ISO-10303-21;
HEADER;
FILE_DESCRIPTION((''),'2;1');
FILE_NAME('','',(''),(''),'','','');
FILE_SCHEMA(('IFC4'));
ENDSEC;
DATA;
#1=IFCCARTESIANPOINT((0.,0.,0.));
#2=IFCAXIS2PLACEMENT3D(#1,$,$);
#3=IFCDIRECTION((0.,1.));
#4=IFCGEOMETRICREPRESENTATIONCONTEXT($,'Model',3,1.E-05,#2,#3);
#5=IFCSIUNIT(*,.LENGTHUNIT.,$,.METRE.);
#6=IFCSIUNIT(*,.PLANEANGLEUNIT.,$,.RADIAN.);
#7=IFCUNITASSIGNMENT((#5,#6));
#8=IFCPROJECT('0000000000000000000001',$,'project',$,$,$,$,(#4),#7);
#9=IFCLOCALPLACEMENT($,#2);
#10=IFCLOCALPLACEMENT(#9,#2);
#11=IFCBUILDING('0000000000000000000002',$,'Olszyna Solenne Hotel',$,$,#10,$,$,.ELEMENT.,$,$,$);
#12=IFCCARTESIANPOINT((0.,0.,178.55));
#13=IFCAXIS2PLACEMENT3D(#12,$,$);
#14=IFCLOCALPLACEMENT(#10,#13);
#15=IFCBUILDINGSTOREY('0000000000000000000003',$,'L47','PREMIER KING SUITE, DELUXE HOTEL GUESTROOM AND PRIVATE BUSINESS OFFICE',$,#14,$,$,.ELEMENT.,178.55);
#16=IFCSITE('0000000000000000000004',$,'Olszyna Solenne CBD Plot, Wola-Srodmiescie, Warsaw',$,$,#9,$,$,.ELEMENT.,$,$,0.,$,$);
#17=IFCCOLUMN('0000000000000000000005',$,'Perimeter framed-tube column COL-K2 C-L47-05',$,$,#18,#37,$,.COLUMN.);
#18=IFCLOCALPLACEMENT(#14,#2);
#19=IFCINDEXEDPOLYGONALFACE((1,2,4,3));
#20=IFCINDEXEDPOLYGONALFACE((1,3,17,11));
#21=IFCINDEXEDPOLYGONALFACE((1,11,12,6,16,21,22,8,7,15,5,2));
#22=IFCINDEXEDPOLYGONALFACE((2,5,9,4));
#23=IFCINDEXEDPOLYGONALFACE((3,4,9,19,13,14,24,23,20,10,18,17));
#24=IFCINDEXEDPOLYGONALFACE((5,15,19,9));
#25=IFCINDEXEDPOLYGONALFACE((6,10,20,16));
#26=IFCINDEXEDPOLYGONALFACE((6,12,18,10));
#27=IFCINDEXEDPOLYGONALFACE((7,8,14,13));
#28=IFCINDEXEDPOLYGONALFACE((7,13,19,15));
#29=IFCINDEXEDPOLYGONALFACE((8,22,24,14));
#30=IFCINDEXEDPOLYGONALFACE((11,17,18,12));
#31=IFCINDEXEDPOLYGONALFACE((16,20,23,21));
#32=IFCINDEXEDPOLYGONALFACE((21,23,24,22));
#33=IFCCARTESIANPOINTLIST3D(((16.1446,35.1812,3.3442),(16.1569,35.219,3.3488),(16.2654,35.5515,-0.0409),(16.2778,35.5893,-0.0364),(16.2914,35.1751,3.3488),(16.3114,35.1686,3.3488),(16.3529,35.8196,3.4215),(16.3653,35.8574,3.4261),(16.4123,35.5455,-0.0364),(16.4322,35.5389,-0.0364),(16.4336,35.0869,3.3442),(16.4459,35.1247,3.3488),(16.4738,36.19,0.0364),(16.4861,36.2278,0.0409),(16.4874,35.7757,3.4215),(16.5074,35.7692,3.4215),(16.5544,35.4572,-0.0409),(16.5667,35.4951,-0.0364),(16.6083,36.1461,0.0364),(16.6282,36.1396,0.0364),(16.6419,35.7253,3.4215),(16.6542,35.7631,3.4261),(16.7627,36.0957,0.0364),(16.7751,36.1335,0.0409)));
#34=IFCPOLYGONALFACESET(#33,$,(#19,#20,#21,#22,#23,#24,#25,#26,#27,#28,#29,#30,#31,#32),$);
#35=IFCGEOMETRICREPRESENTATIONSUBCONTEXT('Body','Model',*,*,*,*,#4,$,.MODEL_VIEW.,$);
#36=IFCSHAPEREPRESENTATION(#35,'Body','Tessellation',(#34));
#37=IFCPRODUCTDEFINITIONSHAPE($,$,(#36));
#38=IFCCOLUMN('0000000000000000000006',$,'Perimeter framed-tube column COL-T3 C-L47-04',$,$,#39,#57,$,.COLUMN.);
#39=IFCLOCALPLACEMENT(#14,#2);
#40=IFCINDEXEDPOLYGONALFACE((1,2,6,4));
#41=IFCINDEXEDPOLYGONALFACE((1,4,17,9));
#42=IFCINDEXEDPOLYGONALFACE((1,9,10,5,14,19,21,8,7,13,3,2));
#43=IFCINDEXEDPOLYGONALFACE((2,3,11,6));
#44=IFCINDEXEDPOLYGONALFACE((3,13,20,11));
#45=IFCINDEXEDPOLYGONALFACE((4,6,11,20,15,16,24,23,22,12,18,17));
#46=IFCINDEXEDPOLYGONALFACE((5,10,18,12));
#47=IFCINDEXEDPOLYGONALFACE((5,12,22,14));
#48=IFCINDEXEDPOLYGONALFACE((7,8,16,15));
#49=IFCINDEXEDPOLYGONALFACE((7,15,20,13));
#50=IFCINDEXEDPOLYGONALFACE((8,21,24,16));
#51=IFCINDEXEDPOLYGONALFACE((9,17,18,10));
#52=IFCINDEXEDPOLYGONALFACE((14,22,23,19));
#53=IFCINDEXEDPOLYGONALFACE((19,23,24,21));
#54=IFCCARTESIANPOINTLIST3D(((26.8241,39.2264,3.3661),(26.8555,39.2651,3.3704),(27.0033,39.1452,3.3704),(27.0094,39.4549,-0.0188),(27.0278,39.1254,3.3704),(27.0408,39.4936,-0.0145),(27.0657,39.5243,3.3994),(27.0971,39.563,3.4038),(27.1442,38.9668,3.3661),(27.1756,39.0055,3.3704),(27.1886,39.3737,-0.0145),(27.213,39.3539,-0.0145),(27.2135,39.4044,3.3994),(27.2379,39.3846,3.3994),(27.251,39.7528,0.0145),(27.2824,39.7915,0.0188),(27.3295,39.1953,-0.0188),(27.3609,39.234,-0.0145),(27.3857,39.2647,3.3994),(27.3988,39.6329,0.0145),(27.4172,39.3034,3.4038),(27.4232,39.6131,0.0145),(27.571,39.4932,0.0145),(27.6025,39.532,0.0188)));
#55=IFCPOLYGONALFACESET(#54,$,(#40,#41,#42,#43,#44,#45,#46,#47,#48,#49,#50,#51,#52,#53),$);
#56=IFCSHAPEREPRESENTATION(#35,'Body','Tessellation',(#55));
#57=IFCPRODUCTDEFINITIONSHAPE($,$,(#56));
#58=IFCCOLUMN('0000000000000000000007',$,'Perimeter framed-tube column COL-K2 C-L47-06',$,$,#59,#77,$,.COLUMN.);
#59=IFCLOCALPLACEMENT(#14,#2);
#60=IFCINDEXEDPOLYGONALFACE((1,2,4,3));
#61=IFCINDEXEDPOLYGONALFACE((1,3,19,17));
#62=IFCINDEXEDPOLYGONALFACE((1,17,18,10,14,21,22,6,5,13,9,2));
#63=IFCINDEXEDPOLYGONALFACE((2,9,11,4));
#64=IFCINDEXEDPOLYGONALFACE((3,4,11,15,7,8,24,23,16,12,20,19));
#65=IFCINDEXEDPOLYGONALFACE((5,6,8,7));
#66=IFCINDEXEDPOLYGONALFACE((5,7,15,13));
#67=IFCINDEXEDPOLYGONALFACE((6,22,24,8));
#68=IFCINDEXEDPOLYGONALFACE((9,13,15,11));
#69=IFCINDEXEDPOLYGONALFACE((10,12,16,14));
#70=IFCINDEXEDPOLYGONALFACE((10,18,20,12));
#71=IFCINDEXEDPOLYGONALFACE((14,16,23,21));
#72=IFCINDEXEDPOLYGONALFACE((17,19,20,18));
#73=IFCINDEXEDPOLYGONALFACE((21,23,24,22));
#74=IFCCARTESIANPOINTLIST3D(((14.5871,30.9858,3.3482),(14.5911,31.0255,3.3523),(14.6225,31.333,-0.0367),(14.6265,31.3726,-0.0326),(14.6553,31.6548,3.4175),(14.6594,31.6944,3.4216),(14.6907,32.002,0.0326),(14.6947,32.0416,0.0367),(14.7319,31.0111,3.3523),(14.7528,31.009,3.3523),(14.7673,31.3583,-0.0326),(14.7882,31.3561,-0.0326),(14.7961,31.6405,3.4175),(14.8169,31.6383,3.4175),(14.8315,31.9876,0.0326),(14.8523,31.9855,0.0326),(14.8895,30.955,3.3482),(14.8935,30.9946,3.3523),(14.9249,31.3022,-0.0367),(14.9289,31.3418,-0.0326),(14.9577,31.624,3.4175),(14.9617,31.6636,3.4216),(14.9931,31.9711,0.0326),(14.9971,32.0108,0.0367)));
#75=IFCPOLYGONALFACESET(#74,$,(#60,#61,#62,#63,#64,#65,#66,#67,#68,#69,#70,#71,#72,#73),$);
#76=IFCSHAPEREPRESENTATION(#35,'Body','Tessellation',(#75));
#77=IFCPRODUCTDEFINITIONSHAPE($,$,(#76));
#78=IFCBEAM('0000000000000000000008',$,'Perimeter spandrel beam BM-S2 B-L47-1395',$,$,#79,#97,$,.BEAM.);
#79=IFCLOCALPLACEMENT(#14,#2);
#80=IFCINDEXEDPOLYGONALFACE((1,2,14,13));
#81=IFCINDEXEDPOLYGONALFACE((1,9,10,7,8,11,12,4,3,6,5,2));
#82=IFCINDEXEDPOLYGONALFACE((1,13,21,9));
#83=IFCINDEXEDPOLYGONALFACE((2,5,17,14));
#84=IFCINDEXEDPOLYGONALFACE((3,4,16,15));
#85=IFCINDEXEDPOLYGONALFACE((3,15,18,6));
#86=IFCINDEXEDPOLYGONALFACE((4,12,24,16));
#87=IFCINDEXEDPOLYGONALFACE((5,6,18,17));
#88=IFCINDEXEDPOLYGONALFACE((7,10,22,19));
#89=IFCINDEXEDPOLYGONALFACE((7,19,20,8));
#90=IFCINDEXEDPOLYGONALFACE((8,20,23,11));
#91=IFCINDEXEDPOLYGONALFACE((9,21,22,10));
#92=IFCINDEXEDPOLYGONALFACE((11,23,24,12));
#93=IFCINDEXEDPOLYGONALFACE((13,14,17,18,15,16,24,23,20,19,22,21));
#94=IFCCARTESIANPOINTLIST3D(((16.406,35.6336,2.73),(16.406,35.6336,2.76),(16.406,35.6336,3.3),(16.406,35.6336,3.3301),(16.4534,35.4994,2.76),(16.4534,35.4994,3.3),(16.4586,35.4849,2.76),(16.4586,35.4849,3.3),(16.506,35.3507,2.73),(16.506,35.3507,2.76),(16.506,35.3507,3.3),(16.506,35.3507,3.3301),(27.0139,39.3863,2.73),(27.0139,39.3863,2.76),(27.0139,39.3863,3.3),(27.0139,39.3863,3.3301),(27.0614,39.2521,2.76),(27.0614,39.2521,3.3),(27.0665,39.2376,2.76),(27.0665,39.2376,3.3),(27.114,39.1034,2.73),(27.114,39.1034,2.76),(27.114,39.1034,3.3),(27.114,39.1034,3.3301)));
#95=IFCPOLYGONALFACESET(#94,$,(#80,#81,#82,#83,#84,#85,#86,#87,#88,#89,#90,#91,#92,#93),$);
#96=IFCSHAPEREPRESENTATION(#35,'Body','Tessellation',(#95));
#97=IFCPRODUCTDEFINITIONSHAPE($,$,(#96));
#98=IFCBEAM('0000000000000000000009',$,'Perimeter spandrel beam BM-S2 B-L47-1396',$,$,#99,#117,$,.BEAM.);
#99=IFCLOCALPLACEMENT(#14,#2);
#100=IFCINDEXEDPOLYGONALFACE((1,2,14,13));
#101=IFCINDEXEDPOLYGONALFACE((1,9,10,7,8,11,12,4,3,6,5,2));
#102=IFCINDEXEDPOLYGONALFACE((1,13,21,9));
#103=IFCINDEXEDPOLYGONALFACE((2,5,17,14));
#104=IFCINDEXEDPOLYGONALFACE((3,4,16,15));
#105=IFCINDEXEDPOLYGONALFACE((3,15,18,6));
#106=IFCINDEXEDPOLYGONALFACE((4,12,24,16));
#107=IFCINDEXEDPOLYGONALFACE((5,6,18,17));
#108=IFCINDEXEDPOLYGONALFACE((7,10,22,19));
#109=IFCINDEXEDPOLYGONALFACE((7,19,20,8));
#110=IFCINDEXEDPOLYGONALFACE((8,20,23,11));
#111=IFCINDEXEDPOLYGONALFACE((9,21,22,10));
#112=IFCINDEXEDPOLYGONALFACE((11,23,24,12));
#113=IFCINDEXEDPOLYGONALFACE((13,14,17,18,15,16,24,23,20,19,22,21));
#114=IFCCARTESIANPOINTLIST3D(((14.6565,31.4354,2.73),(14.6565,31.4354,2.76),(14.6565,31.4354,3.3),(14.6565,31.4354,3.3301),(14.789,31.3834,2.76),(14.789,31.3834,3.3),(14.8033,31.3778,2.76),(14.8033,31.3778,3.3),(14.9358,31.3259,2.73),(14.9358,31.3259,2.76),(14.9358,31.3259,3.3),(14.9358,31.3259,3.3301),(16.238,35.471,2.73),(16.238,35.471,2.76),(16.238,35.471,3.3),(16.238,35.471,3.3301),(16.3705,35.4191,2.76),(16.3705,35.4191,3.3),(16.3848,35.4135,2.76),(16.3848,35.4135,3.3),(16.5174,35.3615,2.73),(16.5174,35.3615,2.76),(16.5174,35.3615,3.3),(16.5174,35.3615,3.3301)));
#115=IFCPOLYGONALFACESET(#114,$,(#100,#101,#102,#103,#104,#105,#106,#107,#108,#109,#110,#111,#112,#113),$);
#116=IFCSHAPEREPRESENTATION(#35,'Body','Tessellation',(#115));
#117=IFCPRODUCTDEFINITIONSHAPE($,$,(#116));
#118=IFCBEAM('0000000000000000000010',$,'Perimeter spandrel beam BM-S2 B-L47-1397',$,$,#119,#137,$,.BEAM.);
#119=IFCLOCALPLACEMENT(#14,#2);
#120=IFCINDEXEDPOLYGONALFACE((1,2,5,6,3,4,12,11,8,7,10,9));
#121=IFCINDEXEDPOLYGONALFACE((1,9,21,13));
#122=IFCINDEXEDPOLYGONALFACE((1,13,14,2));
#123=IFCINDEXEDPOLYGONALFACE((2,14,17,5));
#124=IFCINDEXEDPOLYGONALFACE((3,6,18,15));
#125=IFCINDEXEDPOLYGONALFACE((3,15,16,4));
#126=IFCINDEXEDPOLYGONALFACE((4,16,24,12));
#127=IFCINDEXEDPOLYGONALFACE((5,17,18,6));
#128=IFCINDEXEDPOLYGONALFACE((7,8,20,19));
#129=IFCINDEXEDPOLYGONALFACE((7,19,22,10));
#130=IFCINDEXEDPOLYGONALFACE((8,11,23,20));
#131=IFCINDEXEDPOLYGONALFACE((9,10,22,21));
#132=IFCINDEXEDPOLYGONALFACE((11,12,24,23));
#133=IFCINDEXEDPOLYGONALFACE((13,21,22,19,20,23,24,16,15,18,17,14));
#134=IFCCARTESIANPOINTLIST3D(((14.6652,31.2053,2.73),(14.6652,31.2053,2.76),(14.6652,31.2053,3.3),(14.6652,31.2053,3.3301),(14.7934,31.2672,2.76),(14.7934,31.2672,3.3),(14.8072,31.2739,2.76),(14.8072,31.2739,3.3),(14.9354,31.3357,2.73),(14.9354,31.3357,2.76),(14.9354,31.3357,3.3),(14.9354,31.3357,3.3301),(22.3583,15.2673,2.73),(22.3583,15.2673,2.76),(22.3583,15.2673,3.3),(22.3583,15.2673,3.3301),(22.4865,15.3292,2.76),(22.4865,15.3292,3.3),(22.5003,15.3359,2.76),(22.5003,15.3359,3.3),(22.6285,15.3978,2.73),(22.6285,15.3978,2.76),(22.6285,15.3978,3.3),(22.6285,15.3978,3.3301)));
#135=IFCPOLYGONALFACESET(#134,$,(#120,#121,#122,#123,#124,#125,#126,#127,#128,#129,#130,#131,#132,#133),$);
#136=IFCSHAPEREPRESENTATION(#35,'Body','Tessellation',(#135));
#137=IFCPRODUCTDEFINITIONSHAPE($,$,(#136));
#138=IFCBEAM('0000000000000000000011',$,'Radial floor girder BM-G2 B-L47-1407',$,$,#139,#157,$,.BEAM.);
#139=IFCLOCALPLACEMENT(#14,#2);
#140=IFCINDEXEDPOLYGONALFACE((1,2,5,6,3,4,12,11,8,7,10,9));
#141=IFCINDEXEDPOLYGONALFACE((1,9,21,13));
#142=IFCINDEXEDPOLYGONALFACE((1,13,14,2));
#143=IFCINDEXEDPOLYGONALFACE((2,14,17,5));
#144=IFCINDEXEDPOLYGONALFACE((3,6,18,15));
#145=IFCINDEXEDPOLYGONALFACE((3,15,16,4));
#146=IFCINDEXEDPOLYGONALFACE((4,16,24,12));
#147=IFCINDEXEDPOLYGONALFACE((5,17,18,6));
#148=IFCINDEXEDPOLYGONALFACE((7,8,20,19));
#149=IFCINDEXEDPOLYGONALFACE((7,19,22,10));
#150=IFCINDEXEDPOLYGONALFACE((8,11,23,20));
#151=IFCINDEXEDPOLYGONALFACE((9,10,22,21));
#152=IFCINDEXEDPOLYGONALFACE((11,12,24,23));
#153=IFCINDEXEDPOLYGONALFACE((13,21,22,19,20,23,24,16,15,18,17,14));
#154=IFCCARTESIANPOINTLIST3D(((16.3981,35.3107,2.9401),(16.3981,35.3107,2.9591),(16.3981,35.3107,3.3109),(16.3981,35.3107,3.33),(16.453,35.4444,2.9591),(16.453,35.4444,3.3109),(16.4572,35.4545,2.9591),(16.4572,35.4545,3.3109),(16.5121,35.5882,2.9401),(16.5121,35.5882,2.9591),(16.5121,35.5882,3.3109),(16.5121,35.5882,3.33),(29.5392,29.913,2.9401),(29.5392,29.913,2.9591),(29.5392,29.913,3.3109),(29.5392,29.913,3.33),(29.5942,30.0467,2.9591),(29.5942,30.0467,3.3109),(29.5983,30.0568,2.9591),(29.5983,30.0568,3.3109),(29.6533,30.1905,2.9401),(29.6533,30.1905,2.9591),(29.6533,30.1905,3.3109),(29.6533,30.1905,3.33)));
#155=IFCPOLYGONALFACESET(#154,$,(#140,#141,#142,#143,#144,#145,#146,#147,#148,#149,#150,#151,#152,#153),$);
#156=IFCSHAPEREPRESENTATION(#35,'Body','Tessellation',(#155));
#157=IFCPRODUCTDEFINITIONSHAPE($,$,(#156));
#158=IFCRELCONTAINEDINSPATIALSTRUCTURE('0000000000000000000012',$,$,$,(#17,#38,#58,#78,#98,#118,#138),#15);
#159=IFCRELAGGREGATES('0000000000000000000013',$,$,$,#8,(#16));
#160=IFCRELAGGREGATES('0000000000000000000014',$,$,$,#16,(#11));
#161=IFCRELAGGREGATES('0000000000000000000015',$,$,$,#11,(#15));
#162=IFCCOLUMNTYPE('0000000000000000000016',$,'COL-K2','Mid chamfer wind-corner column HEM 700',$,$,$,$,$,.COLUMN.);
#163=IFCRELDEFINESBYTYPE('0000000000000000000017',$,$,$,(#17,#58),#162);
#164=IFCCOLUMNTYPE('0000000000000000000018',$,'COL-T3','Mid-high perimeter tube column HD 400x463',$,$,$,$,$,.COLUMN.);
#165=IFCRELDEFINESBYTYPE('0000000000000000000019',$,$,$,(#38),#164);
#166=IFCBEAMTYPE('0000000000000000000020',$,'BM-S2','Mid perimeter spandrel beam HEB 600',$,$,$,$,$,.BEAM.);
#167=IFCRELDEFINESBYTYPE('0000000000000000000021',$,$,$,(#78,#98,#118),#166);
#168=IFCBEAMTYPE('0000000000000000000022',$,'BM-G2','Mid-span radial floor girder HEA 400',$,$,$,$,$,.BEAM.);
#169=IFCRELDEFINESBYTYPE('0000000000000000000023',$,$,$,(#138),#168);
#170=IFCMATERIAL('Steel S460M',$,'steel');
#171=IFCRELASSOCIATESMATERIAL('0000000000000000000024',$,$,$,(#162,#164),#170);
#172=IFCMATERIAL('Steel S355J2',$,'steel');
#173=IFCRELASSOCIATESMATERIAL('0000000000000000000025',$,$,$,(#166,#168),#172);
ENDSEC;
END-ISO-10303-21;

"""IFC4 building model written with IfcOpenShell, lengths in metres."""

from ifc_helpers import new_model, si_unit, direction, frame, origin, origin_2d, place, context, subcontext, project, spatial, i_section, extrude, source, transform, mapped, material, material_profile, profile_set, type_object, element, save


model = new_model("IFC4")

# Units and contexts
model_context = context("Model", 3, precision=1e-05, world=origin(), true_north=direction((0.0, 1.0)))
body_context = subcontext(model_context, "Body", "Model", "MODEL_VIEW")
ifc_project = project(units=[si_unit("LENGTHUNIT", "METRE"), si_unit("PLANEANGLEUNIT", "RADIAN")], contexts=[model_context])

# Site, building, storey
site_placement = place(None, origin())
site = spatial("IfcSite", under=ifc_project, at=site_placement, Name="Olszyna Solenne CBD Plot, Wola-Srodmiescie, Warsaw", CompositionType="ELEMENT", RefElevation=0.0)
building_placement = place(site_placement, origin())
building = spatial("IfcBuilding", under=site, at=building_placement, Name="Olszyna Solenne Hotel", CompositionType="ELEMENT")
storey_placement = place(building_placement, frame((0.0, 0.0, 178.55)))
storey = spatial("IfcBuildingStorey", under=building, at=storey_placement, Name="L47", Description="PREMIER KING SUITE, DELUXE HOTEL GUESTROOM AND PRIVATE BUSINESS OFFICE", CompositionType="ELEMENT", Elevation=178.55)

# Columns
ifc_material_1 = material(Name="Steel S460M", Category="steel")
ifc_material_profile_1 = material_profile(ifc_material_1, i_section(OverallWidth=0.304, OverallDepth=0.7161, WebThickness=0.021, FlangeThickness=0.04, at=origin_2d()), Name="HEM 700", Category="load-bearing")
ifc_profile_set_1 = profile_set([ifc_material_profile_1], Name="Steel S460M")
column_type_1 = type_object("IfcColumnType", Name="COL-K2", Description="Mid chamfer wind-corner column HEM 700", PredefinedType="COLUMN", material=ifc_profile_set_1)
shared_shape_1 = source(origin(), body_context, "Body", "SweptSolid", [
    extrude(i_section(OverallWidth=0.304, OverallDepth=0.7161, WebThickness=0.021, FlangeThickness=0.04, at=origin_2d()), origin(), (0.0, 0.0, 1.0), 3.4075),
])
column_1_placement = place(storey_placement, frame((16.5203, 35.8425, 0.0), z_axis=(-0.035467, -0.108695, 0.993442), x_axis=(0.95067, -0.310205, 0.0)))
element("IfcColumn", 1, at=column_1_placement, inside=storey, type_object=column_type_1, Name="Perimeter framed-tube column COL-K2 C-L47-05", PredefinedType="COLUMN", context=body_context, shape_type="MappedRepresentation", body=[
    mapped(shared_shape_1, transform((0.0, 0.0, 0.0), x_axis=(1.0, 0.0, 0.0), y_axis=(0.0, 1.0, 0.0), z_axis=(0.0, 0.0, 1.0), scale=1.0)),
])
ifc_material_profile_2 = material_profile(ifc_material_1, i_section(OverallWidth=0.4121, OverallDepth=0.4351, WebThickness=0.0315, FlangeThickness=0.05, at=origin_2d()), Name="HD 400x463", Category="load-bearing")
ifc_profile_set_2 = profile_set([ifc_material_profile_2], Name="Steel S460M")
column_type_2 = type_object("IfcColumnType", Name="COL-T3", Description="Mid-high perimeter tube column HD 400x463", PredefinedType="COLUMN", material=ifc_profile_set_2)
shared_shape_2 = source(origin(), body_context, "Body", "SweptSolid", [
    extrude(i_section(OverallWidth=0.4121, OverallDepth=0.4351, WebThickness=0.0315, FlangeThickness=0.05, at=origin_2d()), origin(), (0.0, 0.0, 1.0), 3.3977),
])
column_2_placement = place(storey_placement, frame((27.3059, 39.4934, 0.0), z_axis=(-0.054537, -0.067255, 0.996244), x_axis=(0.776723, -0.629843, 0.0)))
element("IfcColumn", 2, at=column_2_placement, inside=storey, type_object=column_type_2, Name="Perimeter framed-tube column COL-T3 C-L47-04", PredefinedType="COLUMN", context=body_context, shape_type="MappedRepresentation", body=[
    mapped(shared_shape_2, transform((0.0, 0.0, 0.0), x_axis=(1.0, 0.0, 0.0), y_axis=(0.0, 1.0, 0.0), z_axis=(0.0, 0.0, 1.0), scale=1.0)),
])
shared_shape_3 = source(origin(), body_context, "Body", "SweptSolid", [
    extrude(i_section(OverallWidth=0.304, OverallDepth=0.7161, WebThickness=0.021, FlangeThickness=0.04, at=origin_2d()), origin(), (0.0, 0.0, 1.0), 3.4028),
])
column_3_placement = place(storey_placement, frame((14.8098, 31.6719, 0.0), z_axis=(-0.010403, -0.10202, 0.994728), x_axis=(0.994841, -0.101443, 0.0)))
element("IfcColumn", 3, at=column_3_placement, inside=storey, type_object=column_type_1, Name="Perimeter framed-tube column COL-K2 C-L47-06", PredefinedType="COLUMN", context=body_context, shape_type="MappedRepresentation", body=[
    mapped(shared_shape_3, transform((0.0, 0.0, 0.0), x_axis=(1.0, 0.0, 0.0), y_axis=(0.0, 1.0, 0.0), z_axis=(0.0, 0.0, 1.0), scale=1.0)),
])

# Beams
ifc_material_2 = material(Name="Steel S355J2", Category="steel")
ifc_material_profile_3 = material_profile(ifc_material_2, i_section(OverallWidth=0.3, OverallDepth=0.6001, WebThickness=0.0154, FlangeThickness=0.03, at=origin_2d()), Name="HEB 600", Category="load-bearing")
ifc_profile_set_3 = profile_set([ifc_material_profile_3], Name="Steel S355J2")
beam_type_1 = type_object("IfcBeamType", Name="BM-S2", Description="Mid perimeter spandrel beam HEB 600", PredefinedType="BEAM", material=ifc_profile_set_3)
shared_shape_4 = source(origin(), body_context, "Body", "SweptSolid", [
    extrude(i_section(OverallWidth=0.3, OverallDepth=0.6001, WebThickness=0.0154, FlangeThickness=0.03, at=origin_2d()), origin(), (0.0, 0.0, 1.0), 11.2522),
])
beam_1_placement = place(storey_placement, frame((27.064, 39.2449, 3.03), z_axis=(-0.942747, -0.333509, 0.0), x_axis=(0.333509, -0.942747, 0.0)))
element("IfcBeam", 4, at=beam_1_placement, inside=storey, type_object=beam_type_1, Name="Perimeter spandrel beam BM-S2 B-L47-1395", PredefinedType="BEAM", context=body_context, shape_type="MappedRepresentation", body=[
    mapped(shared_shape_4, transform((0.0, 0.0, 0.0), x_axis=(1.0, 0.0, 0.0), y_axis=(0.0, 1.0, 0.0), z_axis=(0.0, 0.0, 1.0), scale=1.0)),
])
shared_shape_5 = source(origin(), body_context, "Body", "SweptSolid", [
    extrude(i_section(OverallWidth=0.3, OverallDepth=0.6001, WebThickness=0.0154, FlangeThickness=0.03, at=origin_2d()), origin(), (0.0, 0.0, 1.0), 4.3345),
])
beam_2_placement = place(storey_placement, frame((16.3777, 35.4163, 3.03), z_axis=(-0.364875, -0.931057, 0.0), x_axis=(0.931057, -0.364875, 0.0)))
element("IfcBeam", 5, at=beam_2_placement, inside=storey, type_object=beam_type_1, Name="Perimeter spandrel beam BM-S2 B-L47-1396", PredefinedType="BEAM", context=body_context, shape_type="MappedRepresentation", body=[
    mapped(shared_shape_5, transform((0.0, 0.0, 0.0), x_axis=(1.0, 0.0, 0.0), y_axis=(0.0, 1.0, 0.0), z_axis=(0.0, 0.0, 1.0), scale=1.0)),
])
shared_shape_6 = source(origin(), body_context, "Body", "SweptSolid", [
    extrude(i_section(OverallWidth=0.3, OverallDepth=0.6001, WebThickness=0.0154, FlangeThickness=0.03, at=origin_2d()), origin(), (0.0, 0.0, 1.0), 17.6975),
])
beam_3_placement = place(storey_placement, frame((14.8003, 31.2705, 3.03), z_axis=(0.434699, -0.900576, 0.0), x_axis=(0.900576, 0.434699, 0.0)))
element("IfcBeam", 6, at=beam_3_placement, inside=storey, type_object=beam_type_1, Name="Perimeter spandrel beam BM-S2 B-L47-1397", PredefinedType="BEAM", context=body_context, shape_type="MappedRepresentation", body=[
    mapped(shared_shape_6, transform((0.0, 0.0, 0.0), x_axis=(1.0, 0.0, 0.0), y_axis=(0.0, 1.0, 0.0), z_axis=(0.0, 0.0, 1.0), scale=1.0)),
])
ifc_material_profile_4 = material_profile(ifc_material_2, i_section(OverallWidth=0.3, OverallDepth=0.3899, WebThickness=0.011, FlangeThickness=0.019, at=origin_2d()), Name="HEA 400", Category="load-bearing")
ifc_profile_set_4 = profile_set([ifc_material_profile_4], Name="Steel S355J2")
beam_type_2 = type_object("IfcBeamType", Name="BM-G2", Description="Mid-span radial floor girder HEA 400", PredefinedType="BEAM", material=ifc_profile_set_4)
shared_shape_7 = source(origin(), body_context, "Body", "SweptSolid", [
    extrude(i_section(OverallWidth=0.3, OverallDepth=0.3899, WebThickness=0.011, FlangeThickness=0.019, at=origin_2d()), origin(), (0.0, 0.0, 1.0), 14.2065),
])
beam_4_placement = place(storey_placement, frame((16.4551, 35.4495, 3.135), z_axis=(0.925008, -0.379947, 0.0), x_axis=(0.379947, 0.925008, 0.0)))
element("IfcBeam", 7, at=beam_4_placement, inside=storey, type_object=beam_type_2, Name="Radial floor girder BM-G2 B-L47-1407", PredefinedType="BEAM", context=body_context, shape_type="MappedRepresentation", body=[
    mapped(shared_shape_7, transform((0.0, 0.0, 0.0), x_axis=(1.0, 0.0, 0.0), y_axis=(0.0, 1.0, 0.0), z_axis=(0.0, 0.0, 1.0), scale=1.0)),
])

save(model, "model.ifc")
